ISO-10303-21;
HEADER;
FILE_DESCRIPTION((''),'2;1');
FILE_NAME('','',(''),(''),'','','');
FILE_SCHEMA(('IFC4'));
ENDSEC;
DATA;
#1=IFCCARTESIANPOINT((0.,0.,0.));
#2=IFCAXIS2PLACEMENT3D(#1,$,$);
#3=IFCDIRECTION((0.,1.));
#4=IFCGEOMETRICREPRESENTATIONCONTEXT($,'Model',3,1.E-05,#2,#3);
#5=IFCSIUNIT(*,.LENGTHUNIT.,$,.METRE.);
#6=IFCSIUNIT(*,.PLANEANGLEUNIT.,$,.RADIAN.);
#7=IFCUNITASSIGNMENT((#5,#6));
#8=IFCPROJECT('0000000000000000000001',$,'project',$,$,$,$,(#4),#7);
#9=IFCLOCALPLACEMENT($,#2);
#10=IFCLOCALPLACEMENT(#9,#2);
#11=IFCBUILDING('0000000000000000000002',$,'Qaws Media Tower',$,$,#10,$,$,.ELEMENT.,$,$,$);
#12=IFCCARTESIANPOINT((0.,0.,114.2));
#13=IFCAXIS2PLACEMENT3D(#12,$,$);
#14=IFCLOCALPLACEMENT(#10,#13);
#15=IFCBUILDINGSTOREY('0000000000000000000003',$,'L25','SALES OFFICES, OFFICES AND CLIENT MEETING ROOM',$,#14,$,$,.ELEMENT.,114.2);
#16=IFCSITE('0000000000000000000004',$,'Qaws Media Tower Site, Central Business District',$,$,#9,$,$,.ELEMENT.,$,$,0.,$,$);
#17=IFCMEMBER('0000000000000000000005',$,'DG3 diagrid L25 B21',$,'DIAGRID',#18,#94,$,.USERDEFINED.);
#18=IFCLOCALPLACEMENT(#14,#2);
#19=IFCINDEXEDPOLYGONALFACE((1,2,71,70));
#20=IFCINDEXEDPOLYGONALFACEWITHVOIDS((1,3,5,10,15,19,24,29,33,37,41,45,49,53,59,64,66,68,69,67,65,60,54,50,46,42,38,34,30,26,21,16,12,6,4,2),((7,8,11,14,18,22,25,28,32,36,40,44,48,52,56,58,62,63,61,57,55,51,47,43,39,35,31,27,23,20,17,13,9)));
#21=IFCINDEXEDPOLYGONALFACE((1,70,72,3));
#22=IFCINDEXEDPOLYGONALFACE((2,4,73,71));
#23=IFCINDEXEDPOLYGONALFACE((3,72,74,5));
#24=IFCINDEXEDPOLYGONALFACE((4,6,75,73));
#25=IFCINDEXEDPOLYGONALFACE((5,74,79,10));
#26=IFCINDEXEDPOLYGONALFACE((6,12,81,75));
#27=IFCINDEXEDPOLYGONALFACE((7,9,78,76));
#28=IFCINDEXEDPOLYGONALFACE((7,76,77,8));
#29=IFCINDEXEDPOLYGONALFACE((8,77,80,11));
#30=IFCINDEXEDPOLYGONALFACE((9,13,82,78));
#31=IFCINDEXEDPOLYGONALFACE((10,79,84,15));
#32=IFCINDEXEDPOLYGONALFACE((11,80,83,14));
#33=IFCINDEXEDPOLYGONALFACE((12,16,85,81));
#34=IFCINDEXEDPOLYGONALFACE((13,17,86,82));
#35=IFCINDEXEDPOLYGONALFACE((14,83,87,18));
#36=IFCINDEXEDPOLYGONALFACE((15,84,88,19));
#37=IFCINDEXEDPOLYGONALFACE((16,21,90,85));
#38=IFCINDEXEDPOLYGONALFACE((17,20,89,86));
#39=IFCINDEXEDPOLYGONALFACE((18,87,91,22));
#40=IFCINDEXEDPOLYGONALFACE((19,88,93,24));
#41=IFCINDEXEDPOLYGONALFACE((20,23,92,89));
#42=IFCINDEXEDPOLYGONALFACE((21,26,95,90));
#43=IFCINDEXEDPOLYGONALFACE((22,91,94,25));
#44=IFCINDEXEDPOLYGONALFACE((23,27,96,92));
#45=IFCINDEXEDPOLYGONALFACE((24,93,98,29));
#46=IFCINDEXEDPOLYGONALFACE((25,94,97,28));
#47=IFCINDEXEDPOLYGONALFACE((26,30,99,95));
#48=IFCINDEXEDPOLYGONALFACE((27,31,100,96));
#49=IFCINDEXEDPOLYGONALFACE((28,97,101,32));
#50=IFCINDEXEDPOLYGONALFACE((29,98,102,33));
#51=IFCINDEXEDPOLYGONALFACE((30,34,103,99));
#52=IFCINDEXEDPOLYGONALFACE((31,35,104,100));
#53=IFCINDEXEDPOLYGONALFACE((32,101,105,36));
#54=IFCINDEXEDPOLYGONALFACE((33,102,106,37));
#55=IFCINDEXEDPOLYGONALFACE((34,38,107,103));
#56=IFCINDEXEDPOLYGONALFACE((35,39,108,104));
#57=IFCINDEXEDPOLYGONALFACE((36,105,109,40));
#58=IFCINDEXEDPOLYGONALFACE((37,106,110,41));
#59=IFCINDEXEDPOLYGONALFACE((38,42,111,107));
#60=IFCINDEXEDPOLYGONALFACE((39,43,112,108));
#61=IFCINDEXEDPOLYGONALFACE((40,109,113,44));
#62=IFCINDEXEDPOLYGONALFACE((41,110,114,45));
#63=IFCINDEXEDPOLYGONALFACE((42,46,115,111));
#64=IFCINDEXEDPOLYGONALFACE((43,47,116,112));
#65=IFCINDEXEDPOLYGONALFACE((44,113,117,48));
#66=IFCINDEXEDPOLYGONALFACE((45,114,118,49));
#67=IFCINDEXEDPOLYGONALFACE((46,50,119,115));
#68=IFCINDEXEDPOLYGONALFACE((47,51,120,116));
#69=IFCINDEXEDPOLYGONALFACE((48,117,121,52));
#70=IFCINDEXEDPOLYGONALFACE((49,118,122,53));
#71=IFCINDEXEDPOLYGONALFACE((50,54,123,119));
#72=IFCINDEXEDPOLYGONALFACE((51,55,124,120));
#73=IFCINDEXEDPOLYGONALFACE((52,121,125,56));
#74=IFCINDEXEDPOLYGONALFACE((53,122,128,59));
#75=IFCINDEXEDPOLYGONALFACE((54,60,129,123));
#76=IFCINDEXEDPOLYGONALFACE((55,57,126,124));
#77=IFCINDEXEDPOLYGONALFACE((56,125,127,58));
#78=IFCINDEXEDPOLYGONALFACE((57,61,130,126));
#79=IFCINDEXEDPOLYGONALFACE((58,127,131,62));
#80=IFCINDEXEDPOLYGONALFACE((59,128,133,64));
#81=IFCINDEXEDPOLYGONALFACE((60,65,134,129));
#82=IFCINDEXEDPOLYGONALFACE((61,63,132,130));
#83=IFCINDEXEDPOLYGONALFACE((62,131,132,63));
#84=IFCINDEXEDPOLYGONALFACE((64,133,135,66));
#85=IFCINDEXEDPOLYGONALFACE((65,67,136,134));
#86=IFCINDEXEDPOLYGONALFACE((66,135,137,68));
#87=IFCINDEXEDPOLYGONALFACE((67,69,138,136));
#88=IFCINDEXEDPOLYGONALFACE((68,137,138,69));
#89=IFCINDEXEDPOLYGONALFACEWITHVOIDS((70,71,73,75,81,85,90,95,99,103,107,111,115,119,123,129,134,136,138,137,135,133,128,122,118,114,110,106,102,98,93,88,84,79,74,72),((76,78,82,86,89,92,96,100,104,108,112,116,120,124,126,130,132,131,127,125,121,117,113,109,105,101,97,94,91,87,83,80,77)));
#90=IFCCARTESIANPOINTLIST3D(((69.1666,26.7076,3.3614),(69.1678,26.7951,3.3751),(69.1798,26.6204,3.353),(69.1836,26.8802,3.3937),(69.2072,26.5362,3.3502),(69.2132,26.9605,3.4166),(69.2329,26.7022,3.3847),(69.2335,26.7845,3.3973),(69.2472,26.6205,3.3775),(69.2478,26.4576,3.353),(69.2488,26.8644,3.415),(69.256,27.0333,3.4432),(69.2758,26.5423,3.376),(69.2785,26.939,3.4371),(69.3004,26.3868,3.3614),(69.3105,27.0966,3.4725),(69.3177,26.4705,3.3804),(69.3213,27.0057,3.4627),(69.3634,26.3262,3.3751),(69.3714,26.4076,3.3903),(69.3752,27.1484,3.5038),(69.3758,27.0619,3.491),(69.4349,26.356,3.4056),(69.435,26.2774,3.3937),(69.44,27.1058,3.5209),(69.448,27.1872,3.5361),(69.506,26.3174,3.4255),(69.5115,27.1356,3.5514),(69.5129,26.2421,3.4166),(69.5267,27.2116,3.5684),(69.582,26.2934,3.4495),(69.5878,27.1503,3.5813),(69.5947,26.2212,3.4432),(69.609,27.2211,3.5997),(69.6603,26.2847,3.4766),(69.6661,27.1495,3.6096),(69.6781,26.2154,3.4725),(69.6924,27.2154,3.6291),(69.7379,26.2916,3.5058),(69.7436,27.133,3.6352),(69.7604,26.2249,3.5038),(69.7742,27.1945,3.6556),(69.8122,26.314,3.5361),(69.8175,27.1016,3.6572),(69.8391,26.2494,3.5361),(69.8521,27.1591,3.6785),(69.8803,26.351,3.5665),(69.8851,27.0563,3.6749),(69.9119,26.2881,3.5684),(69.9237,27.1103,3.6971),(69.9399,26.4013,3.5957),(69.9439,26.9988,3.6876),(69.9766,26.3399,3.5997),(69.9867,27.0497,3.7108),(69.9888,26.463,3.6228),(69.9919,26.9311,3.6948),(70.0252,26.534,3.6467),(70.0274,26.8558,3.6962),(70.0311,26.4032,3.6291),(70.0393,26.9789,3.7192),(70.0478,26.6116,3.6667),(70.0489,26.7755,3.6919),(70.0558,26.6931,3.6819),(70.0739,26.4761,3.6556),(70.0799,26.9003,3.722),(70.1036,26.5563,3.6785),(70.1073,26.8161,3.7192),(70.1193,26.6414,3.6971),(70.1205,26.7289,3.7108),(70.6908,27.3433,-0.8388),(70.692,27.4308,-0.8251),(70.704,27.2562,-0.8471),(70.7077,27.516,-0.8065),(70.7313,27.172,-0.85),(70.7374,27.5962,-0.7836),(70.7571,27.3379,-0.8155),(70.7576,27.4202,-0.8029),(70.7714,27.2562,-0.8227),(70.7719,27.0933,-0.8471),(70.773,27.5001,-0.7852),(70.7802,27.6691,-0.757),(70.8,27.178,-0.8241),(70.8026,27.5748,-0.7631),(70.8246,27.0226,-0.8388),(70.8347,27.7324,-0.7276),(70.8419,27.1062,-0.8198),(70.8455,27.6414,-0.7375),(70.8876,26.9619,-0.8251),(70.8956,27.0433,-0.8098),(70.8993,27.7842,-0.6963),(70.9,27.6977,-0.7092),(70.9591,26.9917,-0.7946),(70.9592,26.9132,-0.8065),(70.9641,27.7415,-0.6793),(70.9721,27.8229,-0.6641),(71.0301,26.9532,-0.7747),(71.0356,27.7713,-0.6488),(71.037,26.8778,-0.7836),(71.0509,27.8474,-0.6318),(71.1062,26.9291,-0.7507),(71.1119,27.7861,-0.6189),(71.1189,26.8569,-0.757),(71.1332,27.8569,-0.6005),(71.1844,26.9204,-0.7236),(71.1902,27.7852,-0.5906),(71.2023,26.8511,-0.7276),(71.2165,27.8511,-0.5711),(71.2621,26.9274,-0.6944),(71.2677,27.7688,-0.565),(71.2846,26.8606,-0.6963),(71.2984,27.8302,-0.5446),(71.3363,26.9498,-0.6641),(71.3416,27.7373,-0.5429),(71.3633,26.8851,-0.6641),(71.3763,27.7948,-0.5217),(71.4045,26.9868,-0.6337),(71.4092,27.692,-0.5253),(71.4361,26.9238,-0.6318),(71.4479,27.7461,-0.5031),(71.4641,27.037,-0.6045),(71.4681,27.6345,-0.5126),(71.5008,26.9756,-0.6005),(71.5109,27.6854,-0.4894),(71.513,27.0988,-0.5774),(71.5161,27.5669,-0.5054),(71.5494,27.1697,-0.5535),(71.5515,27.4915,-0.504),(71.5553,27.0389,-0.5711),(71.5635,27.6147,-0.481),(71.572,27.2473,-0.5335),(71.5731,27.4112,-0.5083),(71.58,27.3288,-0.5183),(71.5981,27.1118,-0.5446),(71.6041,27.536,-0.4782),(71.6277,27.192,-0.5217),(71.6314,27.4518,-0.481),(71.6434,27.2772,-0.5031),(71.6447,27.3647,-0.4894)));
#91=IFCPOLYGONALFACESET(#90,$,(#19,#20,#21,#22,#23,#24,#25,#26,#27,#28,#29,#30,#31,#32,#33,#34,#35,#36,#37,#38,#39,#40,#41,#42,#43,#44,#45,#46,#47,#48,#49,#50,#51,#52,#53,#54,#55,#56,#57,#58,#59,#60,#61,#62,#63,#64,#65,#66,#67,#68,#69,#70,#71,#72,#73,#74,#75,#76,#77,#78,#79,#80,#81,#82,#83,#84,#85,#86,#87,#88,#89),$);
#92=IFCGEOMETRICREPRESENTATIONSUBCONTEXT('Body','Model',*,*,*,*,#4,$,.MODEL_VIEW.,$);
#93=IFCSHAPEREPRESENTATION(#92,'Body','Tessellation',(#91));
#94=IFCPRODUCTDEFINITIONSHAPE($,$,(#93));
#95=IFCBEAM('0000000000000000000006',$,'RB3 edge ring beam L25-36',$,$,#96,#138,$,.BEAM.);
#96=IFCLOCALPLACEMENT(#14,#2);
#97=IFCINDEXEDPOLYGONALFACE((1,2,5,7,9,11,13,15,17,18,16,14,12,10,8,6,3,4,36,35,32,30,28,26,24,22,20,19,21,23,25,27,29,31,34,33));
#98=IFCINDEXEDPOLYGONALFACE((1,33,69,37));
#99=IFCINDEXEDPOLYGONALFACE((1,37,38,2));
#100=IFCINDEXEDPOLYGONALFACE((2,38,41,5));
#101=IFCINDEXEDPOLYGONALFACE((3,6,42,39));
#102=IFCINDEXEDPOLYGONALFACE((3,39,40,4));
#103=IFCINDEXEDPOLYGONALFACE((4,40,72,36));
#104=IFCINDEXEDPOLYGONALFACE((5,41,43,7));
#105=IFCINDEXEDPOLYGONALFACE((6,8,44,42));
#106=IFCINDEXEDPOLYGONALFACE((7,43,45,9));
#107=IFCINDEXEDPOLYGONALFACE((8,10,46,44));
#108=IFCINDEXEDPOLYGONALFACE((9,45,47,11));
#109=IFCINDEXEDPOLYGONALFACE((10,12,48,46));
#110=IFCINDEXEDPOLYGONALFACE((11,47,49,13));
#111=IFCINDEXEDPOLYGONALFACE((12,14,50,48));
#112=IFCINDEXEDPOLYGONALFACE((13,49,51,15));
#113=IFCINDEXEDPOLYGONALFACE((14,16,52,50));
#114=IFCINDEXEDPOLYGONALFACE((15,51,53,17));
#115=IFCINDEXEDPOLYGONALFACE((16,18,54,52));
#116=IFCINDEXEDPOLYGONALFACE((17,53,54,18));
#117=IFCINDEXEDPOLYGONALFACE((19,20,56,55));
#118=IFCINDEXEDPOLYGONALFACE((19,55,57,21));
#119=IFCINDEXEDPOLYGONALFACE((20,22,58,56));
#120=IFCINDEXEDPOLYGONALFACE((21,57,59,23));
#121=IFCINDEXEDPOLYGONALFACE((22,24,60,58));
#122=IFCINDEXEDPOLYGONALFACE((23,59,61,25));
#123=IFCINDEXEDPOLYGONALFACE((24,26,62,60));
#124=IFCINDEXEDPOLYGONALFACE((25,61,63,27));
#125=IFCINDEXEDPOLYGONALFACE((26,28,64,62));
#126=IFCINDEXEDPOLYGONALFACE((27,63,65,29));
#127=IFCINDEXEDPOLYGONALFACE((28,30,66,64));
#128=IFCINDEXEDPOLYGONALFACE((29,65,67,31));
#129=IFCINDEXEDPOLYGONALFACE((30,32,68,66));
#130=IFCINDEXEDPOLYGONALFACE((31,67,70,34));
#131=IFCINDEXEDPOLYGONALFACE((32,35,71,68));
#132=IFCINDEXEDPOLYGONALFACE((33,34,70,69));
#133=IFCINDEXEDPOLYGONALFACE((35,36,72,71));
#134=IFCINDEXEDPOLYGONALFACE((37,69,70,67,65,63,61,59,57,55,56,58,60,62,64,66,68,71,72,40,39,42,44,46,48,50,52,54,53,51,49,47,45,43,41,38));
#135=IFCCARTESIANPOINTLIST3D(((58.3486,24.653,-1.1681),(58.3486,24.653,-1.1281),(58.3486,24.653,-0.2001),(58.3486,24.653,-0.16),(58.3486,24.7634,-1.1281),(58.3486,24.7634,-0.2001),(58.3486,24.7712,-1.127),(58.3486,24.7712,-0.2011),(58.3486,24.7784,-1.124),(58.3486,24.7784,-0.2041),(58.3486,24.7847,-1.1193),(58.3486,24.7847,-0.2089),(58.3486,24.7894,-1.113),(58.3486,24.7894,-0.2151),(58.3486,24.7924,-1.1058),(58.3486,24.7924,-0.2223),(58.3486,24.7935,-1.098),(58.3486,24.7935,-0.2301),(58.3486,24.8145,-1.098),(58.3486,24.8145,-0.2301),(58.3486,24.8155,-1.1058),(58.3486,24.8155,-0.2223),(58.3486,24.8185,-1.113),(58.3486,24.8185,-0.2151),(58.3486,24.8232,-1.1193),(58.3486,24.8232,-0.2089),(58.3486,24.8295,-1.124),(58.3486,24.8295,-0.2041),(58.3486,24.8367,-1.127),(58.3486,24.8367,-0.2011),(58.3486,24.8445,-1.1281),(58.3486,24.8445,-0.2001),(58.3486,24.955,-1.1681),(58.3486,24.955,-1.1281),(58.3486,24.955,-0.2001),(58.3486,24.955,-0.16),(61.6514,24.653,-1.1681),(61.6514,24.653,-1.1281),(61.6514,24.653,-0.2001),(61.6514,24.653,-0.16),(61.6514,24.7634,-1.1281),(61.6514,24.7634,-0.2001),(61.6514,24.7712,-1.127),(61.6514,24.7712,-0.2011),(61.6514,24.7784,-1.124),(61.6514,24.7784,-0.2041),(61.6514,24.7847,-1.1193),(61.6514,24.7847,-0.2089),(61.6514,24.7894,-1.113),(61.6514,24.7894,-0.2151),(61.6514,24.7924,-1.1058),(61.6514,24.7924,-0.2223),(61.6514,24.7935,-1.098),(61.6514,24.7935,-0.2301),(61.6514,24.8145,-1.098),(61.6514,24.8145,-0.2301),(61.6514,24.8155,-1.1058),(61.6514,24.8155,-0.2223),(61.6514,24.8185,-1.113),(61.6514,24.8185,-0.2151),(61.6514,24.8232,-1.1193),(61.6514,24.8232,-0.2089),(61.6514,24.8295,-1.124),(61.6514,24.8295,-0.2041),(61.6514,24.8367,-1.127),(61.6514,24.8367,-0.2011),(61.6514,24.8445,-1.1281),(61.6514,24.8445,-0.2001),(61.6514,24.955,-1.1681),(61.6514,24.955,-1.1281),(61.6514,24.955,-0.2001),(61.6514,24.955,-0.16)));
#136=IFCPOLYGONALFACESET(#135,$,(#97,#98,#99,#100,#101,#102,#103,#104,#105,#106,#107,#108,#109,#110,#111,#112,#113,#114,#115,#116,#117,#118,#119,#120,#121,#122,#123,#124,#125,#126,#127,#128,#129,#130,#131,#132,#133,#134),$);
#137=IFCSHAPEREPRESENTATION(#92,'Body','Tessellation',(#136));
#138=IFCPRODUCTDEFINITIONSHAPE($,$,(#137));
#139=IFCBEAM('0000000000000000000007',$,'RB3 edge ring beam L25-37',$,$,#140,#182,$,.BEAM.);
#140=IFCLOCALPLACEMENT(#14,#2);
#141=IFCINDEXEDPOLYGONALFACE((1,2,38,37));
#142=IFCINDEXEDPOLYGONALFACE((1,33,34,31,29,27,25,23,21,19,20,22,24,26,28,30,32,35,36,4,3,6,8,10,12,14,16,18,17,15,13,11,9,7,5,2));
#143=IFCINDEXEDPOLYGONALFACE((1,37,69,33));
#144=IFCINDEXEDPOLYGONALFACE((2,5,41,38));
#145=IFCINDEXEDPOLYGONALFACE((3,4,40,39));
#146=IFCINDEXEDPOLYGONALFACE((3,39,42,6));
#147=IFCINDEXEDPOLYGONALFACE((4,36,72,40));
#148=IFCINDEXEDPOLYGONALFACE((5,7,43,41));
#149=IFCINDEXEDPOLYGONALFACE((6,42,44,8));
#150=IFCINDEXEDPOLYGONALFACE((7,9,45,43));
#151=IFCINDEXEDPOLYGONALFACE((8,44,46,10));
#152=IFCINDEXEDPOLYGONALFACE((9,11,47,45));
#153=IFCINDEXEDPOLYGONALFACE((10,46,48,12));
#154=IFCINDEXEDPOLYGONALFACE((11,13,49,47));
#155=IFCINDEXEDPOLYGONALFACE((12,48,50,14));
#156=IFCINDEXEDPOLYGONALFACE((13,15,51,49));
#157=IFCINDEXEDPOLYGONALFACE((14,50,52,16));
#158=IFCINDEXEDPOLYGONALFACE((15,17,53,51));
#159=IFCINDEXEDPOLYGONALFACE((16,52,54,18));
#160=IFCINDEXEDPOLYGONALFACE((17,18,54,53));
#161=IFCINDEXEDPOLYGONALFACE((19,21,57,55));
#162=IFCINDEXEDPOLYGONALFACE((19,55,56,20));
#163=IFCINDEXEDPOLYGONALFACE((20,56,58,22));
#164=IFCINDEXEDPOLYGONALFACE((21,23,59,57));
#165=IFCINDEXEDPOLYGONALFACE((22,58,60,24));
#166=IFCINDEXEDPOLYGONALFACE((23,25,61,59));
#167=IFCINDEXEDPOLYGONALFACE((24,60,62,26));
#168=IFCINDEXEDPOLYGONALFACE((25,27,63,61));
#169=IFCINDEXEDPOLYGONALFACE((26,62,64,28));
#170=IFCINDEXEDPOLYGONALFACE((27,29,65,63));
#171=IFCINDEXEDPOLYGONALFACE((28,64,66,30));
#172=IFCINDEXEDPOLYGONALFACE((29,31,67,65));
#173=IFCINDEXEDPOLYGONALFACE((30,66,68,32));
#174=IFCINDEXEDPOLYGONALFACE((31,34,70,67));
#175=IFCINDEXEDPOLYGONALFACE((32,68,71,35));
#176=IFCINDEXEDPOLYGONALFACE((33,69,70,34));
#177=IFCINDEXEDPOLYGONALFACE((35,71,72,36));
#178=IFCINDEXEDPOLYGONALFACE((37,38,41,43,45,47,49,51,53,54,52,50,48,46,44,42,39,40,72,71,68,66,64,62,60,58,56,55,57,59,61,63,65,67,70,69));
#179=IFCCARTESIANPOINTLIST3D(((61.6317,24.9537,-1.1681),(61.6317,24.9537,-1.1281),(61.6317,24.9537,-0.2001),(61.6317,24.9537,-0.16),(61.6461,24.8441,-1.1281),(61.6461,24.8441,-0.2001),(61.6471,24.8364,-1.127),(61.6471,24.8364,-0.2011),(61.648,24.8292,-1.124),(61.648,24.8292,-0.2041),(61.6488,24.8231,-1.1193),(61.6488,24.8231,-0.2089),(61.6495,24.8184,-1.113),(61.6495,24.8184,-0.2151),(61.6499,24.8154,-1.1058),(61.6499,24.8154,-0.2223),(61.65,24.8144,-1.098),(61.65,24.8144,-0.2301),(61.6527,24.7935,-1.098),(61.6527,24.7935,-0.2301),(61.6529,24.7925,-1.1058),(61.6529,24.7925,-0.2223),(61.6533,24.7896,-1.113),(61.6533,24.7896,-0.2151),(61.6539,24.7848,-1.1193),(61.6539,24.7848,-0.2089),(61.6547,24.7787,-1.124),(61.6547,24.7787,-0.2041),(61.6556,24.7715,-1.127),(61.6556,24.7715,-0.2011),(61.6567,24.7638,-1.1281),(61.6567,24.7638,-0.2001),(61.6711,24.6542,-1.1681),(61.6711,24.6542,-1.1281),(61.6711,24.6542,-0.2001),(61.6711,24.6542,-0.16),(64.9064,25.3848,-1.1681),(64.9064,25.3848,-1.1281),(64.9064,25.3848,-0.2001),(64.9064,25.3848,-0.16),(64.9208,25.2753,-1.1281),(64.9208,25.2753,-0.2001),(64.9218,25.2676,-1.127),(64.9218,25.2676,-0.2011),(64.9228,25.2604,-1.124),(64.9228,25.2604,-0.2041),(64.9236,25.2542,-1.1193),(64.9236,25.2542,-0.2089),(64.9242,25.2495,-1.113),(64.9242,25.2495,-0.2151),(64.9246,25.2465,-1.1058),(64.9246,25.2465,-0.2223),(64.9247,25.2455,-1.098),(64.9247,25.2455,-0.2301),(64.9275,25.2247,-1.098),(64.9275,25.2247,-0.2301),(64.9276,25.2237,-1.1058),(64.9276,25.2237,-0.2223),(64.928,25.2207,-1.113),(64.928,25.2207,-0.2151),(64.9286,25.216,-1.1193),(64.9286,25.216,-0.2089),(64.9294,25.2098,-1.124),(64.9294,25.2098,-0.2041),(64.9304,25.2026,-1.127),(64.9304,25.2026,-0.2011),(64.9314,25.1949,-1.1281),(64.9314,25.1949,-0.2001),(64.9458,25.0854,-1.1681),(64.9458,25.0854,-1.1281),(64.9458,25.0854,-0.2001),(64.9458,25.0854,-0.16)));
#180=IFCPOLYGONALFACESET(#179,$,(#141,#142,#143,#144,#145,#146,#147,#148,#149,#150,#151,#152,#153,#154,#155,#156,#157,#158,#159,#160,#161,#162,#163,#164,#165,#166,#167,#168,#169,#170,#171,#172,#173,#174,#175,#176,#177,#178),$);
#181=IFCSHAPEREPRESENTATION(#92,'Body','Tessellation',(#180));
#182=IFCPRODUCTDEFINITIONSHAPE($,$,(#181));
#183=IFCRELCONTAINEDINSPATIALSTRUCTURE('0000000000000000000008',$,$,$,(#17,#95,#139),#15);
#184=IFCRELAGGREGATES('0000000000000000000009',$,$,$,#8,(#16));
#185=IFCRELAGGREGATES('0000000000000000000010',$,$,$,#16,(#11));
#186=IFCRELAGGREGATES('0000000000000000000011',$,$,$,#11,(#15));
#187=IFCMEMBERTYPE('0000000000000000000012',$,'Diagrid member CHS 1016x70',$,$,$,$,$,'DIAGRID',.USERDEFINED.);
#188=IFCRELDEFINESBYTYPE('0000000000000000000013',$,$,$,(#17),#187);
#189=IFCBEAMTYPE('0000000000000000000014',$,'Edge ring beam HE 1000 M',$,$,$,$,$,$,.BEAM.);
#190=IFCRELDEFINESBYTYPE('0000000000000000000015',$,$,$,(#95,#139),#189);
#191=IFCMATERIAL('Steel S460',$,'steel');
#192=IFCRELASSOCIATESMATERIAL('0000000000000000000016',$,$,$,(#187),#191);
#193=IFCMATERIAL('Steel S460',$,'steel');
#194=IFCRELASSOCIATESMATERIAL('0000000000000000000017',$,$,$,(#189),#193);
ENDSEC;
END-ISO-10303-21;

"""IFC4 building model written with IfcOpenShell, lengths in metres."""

from ifc_helpers import new_model, si_unit, direction, frame, origin, origin_2d, place, context, subcontext, project, spatial, hollow_circle, i_section, extrude, material, material_profile, profile_set, type_object, element, save


model = new_model("IFC4")

# Units and contexts
model_context = context("Model", 3, precision=1e-05, world=origin(), true_north=direction((0.0, 1.0)))
body_context = subcontext(model_context, "Body", "Model", "MODEL_VIEW")
ifc_project = project(units=[si_unit("LENGTHUNIT", "METRE"), si_unit("PLANEANGLEUNIT", "RADIAN")], contexts=[model_context])

# Site, building, storey
site_placement = place(None, origin())
site = spatial("IfcSite", under=ifc_project, at=site_placement, Name="Qaws Media Tower Site, Central Business District", CompositionType="ELEMENT", RefElevation=0.0)
building_placement = place(site_placement, origin())
building = spatial("IfcBuilding", under=site, at=building_placement, Name="Qaws Media Tower", CompositionType="ELEMENT")
storey_placement = place(building_placement, frame((0.0, 0.0, 114.2)))
storey = spatial("IfcBuildingStorey", under=building, at=storey_placement, Name="L25", Description="SALES OFFICES, OFFICES AND CLIENT MEETING ROOM", CompositionType="ELEMENT", Elevation=114.2)

# Member
ifc_material_1 = material(Name="Steel S460", Category="steel")
ifc_material_profile_1 = material_profile(ifc_material_1, hollow_circle(Radius=0.5081, WallThickness=0.0701, at=origin_2d()), Name="CHS 1016x70")
ifc_profile_set_1 = profile_set([ifc_material_profile_1], Name="Steel S460")
member_type_1 = type_object("IfcMemberType", Name="Diagrid member CHS 1016x70", ElementType="DIAGRID", PredefinedType="USERDEFINED", material=ifc_profile_set_1)
for number, where, z_axis, x_axis, name in (
    (1, (71.1677, 27.354, -0.6641), (-0.337714, -0.140863, 0.930648), (0.384962, -0.922933, 0.0), "DG3 diagrid L25 B21"),
):
    element("IfcMember", number, at=place(storey_placement, frame(where, z_axis=z_axis, x_axis=x_axis)), inside=storey, type_object=member_type_1, Name=name, ObjectType="DIAGRID", PredefinedType="USERDEFINED", context=body_context, shape_type="SweptSolid", body=[
        extrude(hollow_circle(Radius=0.5081, WallThickness=0.0701, at=origin_2d()), origin(), (0.0, 0.0, 1.0), 4.5132),
    ])

# Beams
ifc_material_2 = material(Name="Steel S460", Category="steel")
ifc_material_profile_2 = material_profile(ifc_material_2, i_section(OverallWidth=0.302, OverallDepth=1.0081, WebThickness=0.021, FlangeThickness=0.04, FilletRadius=0.03, at=origin_2d()), Name="HE 1000 M")
ifc_profile_set_2 = profile_set([ifc_material_profile_2], Name="Steel S460")
beam_type = type_object("IfcBeamType", Name="Edge ring beam HE 1000 M", PredefinedType="BEAM", material=ifc_profile_set_2)
beam_placement = place(storey_placement, frame((58.3486, 24.804, -0.6641), z_axis=(1.0, 0.0, 0.0), x_axis=(0.0, 1.0, 0.0)))
element("IfcBeam", 2, at=beam_placement, inside=storey, type_object=beam_type, Name="RB3 edge ring beam L25-36", PredefinedType="BEAM", context=body_context, shape_type="SweptSolid", body=[
    extrude(i_section(OverallWidth=0.302, OverallDepth=1.0081, WebThickness=0.021, FlangeThickness=0.04, FilletRadius=0.03, at=origin_2d()), origin(), (0.0, 0.0, 1.0), 3.3027),
])
for number, where, z_axis, x_axis, name in (
    (3, (61.6514, 24.804, -0.6641), (0.991443, 0.130537, 0.0), (-0.130537, 0.991443, 0.0), "RB3 edge ring beam L25-37"),
):
    element("IfcBeam", number, at=place(storey_placement, frame(where, z_axis=z_axis, x_axis=x_axis)), inside=storey, type_object=beam_type, Name=name, PredefinedType="BEAM", context=body_context, shape_type="SweptSolid", body=[
        extrude(i_section(OverallWidth=0.302, OverallDepth=1.0081, WebThickness=0.021, FlangeThickness=0.04, FilletRadius=0.03, at=origin_2d()), origin(), (0.0, 0.0, 1.0), 3.303),
    ])

save(model, "model.ifc")
